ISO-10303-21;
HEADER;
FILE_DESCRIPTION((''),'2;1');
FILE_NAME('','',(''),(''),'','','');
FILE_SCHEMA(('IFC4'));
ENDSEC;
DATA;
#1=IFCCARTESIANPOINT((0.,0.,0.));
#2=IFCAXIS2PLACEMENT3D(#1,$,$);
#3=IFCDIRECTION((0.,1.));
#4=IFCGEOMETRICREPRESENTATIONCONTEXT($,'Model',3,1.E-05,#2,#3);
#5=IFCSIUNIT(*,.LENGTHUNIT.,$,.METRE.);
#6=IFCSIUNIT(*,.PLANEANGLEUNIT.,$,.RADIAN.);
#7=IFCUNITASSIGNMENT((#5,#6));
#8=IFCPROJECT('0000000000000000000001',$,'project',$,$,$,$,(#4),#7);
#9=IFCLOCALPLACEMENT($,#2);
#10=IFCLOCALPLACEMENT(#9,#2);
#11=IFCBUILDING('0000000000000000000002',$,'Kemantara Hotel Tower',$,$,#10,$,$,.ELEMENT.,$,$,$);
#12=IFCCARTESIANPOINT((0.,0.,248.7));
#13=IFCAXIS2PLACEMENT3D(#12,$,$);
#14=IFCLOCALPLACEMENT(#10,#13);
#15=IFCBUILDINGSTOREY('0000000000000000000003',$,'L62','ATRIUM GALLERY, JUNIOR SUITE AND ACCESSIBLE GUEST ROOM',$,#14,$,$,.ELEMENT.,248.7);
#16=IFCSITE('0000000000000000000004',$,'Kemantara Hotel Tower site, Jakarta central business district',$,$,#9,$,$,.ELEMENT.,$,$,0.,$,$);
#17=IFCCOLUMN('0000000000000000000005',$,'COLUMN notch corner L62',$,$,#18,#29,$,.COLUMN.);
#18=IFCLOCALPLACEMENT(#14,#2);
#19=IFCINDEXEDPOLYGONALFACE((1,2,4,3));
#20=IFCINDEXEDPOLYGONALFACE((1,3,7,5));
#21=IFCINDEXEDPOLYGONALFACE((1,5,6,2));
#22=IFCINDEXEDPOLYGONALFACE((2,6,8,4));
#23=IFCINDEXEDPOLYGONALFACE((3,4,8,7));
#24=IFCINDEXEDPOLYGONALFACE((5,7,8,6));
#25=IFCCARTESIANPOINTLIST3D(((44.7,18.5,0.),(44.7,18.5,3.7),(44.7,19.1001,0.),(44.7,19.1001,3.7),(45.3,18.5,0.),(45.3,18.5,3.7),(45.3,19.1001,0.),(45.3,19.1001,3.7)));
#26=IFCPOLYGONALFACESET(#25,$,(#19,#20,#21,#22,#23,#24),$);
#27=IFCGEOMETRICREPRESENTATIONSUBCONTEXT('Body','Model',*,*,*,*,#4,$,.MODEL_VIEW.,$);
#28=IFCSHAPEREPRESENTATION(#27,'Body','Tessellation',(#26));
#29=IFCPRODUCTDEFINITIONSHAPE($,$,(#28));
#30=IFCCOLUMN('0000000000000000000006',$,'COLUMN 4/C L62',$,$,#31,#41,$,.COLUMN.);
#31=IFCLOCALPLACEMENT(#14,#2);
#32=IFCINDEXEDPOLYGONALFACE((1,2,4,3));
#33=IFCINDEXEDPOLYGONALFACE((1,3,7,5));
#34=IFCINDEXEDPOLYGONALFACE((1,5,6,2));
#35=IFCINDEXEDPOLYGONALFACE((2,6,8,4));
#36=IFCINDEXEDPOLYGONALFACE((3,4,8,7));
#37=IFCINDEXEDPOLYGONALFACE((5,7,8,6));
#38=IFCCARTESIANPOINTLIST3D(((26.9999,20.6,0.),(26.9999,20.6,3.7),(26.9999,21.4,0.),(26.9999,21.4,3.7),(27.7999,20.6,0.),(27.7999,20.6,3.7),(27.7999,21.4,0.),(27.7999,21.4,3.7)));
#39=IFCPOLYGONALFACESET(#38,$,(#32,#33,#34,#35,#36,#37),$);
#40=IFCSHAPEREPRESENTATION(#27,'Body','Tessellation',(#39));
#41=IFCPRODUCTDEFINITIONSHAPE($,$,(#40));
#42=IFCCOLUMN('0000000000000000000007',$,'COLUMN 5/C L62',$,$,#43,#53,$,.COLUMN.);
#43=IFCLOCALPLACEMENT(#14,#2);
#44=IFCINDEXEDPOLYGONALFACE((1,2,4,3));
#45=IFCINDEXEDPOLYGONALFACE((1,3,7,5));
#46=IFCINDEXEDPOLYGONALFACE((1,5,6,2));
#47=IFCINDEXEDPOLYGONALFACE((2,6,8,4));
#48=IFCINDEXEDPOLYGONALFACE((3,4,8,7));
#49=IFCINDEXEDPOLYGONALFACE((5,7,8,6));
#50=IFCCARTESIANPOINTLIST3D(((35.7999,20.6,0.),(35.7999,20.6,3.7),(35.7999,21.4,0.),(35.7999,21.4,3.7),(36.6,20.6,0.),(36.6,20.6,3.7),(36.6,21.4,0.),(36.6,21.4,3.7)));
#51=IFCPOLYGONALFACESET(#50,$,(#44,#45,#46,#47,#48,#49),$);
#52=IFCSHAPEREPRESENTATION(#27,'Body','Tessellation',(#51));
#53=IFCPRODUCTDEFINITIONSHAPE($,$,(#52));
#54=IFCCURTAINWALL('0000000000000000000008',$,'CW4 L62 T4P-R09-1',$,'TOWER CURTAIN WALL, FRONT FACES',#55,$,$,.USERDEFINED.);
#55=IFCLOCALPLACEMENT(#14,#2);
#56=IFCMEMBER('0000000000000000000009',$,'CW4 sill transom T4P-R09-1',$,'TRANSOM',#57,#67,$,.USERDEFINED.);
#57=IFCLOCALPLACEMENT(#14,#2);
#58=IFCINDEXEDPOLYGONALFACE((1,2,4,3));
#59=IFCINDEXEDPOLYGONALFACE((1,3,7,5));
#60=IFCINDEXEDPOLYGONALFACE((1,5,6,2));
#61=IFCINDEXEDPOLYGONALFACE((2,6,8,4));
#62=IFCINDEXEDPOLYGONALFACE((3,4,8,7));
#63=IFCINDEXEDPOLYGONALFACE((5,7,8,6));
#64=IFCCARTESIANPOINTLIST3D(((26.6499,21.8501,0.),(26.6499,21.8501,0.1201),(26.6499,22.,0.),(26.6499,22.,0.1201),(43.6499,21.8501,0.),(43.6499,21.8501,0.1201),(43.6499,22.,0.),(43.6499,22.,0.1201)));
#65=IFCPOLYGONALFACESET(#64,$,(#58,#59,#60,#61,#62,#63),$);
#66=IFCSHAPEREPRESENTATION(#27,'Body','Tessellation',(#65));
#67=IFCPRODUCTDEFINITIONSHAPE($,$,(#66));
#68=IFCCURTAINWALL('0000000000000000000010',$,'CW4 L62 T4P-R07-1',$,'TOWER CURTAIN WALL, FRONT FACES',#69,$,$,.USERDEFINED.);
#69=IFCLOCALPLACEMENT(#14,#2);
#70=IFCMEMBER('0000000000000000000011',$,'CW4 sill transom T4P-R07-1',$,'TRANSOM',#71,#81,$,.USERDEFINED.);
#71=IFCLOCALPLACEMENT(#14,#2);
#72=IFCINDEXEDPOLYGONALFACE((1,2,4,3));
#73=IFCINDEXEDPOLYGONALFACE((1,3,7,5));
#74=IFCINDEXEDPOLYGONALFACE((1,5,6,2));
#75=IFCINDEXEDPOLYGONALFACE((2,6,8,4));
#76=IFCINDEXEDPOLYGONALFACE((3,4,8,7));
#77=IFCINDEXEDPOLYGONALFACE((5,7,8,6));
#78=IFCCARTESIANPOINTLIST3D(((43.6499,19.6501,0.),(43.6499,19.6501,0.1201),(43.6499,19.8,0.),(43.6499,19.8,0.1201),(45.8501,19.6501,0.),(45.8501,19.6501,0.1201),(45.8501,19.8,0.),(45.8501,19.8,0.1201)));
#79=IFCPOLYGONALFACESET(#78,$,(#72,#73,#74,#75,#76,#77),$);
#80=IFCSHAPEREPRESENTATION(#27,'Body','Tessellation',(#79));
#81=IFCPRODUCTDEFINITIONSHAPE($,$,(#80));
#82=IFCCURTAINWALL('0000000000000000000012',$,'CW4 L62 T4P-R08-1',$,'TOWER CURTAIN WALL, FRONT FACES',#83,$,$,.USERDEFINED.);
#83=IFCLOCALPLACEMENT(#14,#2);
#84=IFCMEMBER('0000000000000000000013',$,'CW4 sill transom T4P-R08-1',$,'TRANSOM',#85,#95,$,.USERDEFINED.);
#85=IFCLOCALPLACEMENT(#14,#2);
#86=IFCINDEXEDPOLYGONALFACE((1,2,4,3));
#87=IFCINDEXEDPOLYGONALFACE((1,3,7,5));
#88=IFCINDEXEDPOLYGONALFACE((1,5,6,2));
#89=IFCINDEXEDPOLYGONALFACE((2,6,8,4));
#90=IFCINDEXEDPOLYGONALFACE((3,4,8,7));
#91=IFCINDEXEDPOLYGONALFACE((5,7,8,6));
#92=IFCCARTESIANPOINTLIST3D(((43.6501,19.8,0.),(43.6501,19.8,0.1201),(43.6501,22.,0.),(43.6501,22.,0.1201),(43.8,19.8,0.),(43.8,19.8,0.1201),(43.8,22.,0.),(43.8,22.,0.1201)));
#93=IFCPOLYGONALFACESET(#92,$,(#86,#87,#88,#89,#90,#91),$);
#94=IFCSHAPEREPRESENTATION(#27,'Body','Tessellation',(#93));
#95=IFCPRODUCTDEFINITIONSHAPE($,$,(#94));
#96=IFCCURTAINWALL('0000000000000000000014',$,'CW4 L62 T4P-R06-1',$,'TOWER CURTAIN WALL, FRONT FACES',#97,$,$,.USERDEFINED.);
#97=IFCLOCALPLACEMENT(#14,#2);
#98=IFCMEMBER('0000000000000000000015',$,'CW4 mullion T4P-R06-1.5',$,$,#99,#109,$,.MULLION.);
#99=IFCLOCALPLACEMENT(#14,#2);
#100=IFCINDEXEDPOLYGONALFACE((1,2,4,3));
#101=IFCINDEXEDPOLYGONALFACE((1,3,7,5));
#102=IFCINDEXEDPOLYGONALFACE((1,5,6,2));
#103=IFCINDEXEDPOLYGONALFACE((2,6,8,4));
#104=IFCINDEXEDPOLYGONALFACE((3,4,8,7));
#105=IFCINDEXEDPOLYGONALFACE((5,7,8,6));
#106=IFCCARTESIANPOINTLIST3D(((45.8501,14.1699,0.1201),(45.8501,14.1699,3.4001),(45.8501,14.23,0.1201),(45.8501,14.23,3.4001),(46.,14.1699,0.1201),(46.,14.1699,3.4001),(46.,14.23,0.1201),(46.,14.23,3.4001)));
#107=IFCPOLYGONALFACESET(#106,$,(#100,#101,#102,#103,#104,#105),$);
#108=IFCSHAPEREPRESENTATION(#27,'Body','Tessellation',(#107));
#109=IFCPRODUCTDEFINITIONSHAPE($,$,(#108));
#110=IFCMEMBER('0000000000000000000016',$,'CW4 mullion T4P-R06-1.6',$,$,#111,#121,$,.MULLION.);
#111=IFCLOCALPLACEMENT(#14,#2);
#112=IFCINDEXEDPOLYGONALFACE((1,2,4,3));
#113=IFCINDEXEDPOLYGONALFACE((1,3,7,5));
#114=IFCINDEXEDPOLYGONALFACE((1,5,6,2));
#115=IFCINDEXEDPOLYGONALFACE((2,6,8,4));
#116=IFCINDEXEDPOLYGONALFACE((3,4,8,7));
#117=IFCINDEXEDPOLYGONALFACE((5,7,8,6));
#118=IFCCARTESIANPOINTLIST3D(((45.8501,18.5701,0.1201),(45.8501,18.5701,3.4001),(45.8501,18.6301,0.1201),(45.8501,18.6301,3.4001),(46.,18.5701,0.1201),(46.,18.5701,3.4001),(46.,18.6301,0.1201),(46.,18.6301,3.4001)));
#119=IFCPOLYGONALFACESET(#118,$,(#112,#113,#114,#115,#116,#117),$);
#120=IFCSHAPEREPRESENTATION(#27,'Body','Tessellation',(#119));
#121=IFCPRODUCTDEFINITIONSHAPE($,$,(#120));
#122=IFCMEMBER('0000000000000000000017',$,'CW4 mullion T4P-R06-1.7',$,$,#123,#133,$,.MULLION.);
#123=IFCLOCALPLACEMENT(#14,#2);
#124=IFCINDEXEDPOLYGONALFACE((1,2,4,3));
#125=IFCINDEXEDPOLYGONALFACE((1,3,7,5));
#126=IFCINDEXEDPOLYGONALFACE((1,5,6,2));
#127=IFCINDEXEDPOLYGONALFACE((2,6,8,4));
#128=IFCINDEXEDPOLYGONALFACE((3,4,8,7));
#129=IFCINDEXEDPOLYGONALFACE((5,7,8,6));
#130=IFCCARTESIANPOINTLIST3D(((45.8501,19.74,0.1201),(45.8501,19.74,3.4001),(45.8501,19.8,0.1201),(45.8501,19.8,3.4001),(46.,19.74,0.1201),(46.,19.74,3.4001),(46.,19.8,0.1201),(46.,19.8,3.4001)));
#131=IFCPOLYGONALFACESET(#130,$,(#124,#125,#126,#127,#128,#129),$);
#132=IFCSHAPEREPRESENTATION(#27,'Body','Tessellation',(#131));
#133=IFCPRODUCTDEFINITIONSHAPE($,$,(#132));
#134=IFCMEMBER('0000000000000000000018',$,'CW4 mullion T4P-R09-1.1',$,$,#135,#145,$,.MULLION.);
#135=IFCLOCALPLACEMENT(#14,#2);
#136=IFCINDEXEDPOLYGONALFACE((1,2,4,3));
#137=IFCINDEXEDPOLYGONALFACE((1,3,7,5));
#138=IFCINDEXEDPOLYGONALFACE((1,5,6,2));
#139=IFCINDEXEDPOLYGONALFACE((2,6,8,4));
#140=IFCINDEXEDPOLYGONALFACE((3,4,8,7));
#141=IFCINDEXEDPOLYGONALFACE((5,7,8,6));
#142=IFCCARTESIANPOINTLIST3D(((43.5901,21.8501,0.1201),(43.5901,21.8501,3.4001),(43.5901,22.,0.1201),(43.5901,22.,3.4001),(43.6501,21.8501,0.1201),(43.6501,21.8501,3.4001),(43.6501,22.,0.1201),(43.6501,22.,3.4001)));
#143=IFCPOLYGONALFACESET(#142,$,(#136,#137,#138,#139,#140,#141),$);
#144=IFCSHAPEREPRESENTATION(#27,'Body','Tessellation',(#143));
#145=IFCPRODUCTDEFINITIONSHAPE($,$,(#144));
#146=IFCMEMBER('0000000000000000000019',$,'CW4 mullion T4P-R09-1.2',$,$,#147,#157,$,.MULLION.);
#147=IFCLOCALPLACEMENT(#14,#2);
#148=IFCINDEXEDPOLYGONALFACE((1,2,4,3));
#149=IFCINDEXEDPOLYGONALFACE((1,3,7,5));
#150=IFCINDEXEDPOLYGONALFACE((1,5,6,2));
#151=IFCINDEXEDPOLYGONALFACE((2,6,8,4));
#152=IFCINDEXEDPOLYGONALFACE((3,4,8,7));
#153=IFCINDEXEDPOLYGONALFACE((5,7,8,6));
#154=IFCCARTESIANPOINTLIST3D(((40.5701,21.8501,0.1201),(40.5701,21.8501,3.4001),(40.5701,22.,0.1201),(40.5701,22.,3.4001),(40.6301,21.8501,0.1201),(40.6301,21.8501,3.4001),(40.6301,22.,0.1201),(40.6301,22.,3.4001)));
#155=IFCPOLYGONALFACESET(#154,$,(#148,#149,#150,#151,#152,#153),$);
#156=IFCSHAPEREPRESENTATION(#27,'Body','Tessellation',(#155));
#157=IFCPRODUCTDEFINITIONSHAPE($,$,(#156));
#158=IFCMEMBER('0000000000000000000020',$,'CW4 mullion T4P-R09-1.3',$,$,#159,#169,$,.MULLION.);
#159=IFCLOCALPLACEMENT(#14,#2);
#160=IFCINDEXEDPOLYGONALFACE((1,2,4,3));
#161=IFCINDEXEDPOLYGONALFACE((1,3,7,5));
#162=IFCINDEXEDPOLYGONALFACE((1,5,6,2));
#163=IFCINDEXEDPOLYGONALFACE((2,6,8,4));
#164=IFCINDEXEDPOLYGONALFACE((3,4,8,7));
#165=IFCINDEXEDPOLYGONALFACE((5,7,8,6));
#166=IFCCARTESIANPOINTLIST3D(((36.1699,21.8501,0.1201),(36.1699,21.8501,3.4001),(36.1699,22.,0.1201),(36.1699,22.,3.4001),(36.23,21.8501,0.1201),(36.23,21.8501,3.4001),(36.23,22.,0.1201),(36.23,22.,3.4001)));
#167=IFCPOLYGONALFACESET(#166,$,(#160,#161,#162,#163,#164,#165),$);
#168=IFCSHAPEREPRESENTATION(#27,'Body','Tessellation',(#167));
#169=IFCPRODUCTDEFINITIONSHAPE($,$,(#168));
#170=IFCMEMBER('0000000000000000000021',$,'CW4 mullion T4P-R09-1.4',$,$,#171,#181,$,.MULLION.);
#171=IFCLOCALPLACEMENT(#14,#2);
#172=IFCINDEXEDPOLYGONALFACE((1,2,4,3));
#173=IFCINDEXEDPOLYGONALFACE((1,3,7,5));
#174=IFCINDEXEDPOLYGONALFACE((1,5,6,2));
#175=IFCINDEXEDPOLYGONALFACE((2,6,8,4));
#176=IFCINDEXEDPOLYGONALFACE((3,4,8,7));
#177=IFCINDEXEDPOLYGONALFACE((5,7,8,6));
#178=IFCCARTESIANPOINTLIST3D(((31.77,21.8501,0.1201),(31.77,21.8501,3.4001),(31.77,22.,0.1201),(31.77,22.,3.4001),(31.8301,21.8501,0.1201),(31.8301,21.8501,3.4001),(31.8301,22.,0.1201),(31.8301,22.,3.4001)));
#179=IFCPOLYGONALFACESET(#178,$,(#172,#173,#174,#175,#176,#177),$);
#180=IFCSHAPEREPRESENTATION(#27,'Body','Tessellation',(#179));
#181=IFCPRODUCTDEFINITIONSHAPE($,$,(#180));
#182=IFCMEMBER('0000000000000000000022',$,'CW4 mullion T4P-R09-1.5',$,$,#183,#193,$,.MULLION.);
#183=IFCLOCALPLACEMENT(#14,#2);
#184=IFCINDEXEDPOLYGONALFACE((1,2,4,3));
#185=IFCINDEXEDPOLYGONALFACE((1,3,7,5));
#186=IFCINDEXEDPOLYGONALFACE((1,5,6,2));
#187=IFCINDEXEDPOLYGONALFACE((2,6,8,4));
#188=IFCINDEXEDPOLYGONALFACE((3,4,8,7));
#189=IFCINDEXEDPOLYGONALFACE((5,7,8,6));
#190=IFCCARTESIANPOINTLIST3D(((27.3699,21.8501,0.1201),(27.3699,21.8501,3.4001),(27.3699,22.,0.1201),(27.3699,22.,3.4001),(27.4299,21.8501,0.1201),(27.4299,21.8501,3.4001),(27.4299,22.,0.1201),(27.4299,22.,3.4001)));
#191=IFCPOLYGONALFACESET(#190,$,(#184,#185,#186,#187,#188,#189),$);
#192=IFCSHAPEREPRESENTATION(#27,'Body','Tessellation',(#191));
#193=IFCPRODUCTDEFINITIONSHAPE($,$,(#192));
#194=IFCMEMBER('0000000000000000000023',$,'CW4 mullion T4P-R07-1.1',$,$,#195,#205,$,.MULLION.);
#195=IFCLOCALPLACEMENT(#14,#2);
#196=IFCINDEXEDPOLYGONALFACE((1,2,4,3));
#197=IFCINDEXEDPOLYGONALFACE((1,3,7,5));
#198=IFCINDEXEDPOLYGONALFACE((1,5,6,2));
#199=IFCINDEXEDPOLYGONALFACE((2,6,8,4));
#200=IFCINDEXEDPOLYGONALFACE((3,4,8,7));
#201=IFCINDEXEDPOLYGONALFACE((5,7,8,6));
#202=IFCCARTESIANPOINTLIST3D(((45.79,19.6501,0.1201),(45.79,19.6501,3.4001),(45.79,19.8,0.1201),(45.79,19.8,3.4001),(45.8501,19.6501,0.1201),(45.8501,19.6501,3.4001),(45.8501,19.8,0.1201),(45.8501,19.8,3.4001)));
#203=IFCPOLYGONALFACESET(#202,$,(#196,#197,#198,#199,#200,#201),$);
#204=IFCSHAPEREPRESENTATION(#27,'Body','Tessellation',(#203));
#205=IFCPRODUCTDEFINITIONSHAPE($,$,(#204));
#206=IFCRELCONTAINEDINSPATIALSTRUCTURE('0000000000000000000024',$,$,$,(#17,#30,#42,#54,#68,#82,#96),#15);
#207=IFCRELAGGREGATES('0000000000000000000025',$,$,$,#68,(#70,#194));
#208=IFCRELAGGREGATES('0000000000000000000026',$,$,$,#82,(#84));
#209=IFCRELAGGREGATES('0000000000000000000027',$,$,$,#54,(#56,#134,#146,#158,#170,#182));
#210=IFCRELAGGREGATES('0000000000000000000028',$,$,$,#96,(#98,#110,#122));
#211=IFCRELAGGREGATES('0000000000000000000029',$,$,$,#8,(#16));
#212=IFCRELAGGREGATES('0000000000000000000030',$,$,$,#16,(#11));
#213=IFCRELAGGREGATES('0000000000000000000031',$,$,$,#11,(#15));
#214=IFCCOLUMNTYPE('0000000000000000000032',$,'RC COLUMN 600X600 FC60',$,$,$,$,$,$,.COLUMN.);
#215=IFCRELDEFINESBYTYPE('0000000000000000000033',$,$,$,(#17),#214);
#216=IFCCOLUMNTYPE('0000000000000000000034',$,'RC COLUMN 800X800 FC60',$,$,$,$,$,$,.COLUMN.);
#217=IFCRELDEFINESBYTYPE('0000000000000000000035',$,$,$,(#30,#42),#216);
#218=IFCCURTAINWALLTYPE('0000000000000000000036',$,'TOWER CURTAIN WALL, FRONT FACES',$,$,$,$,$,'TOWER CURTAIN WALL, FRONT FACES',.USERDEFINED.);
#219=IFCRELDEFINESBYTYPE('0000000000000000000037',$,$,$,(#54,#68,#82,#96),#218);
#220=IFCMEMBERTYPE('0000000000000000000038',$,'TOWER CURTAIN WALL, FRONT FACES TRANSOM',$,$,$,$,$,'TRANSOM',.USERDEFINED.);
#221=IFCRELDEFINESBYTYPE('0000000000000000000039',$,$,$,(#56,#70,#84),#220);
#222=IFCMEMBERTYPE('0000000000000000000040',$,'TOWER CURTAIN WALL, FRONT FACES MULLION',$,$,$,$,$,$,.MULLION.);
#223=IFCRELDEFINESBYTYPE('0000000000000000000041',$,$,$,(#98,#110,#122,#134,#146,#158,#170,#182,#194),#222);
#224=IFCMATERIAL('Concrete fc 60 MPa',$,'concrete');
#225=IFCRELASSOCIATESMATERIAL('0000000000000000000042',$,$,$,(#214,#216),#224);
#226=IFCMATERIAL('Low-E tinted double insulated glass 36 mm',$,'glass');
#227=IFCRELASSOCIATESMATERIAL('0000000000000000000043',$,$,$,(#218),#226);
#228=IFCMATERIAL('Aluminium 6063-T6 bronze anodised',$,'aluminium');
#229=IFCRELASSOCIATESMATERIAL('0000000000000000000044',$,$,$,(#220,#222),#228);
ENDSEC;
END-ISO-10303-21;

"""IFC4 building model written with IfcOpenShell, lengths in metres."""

from ifc_helpers import new_model, si_unit, direction, frame, origin, origin_2d, place, context, subcontext, project, spatial, rectangle, extrude, source, transform, mapped, material, material_profile, profile_set, type_object, element, aggregate, save


model = new_model("IFC4")

# Units and contexts
model_context = context("Model", 3, precision=1e-05, world=origin(), true_north=direction((0.0, 1.0)))
body_context = subcontext(model_context, "Body", "Model", "MODEL_VIEW")
ifc_project = project(units=[si_unit("LENGTHUNIT", "METRE"), si_unit("PLANEANGLEUNIT", "RADIAN")], contexts=[model_context])

# Site, building, storey
site_placement = place(None, origin())
site = spatial("IfcSite", under=ifc_project, at=site_placement, Name="Kemantara Hotel Tower site, Jakarta central business district", CompositionType="ELEMENT", RefElevation=0.0)
building_placement = place(site_placement, origin())
building = spatial("IfcBuilding", under=site, at=building_placement, Name="Kemantara Hotel Tower", CompositionType="ELEMENT")
storey_placement = place(building_placement, frame((0.0, 0.0, 248.7)))
storey = spatial("IfcBuildingStorey", under=building, at=storey_placement, Name="L62", Description="ATRIUM GALLERY, JUNIOR SUITE AND ACCESSIBLE GUEST ROOM", CompositionType="ELEMENT", Elevation=248.7)

# Columns
ifc_material_1 = material(Name="Concrete fc 60 MPa", Category="concrete")
ifc_material_profile_1 = material_profile(ifc_material_1, rectangle(XDim=0.6001, YDim=0.6001, at=origin_2d()), Name="RC 600X600")
ifc_profile_set_1 = profile_set([ifc_material_profile_1], Name="Concrete fc 60 MPa")
column_type_1 = type_object("IfcColumnType", Name="RC COLUMN 600X600 FC60", PredefinedType="COLUMN", material=ifc_profile_set_1)
column_placement = place(storey_placement, frame((45.0, 18.8, 0.0), z_axis=(0.0, 0.0, 1.0), x_axis=(1.0, 0.0, 0.0)))
element("IfcColumn", 1, at=column_placement, inside=storey, type_object=column_type_1, Name="COLUMN notch corner L62", PredefinedType="COLUMN", context=body_context, shape_type="SweptSolid", body=[
    extrude(rectangle(XDim=0.6001, YDim=0.6001, at=origin_2d()), origin(), (0.0, 0.0, 1.0), 3.7),
])
ifc_material_profile_2 = material_profile(ifc_material_1, rectangle(XDim=0.8, YDim=0.8, at=origin_2d()), Name="RC 800X800")
ifc_profile_set_2 = profile_set([ifc_material_profile_2], Name="Concrete fc 60 MPa")
column_type_2 = type_object("IfcColumnType", Name="RC COLUMN 800X800 FC60", PredefinedType="COLUMN", material=ifc_profile_set_2)
for number, where, z_axis, x_axis, name in (
    (2, (27.3999, 21.0, 0.0), (0.0, 0.0, 1.0), (1.0, 0.0, 0.0), "COLUMN 4/C L62"),
    (3, (36.2, 21.0, 0.0), (0.0, 0.0, 1.0), (1.0, 0.0, 0.0), "COLUMN 5/C L62"),
):
    element("IfcColumn", number, at=place(storey_placement, frame(where, z_axis=z_axis, x_axis=x_axis)), inside=storey, type_object=column_type_2, Name=name, PredefinedType="COLUMN", context=body_context, shape_type="SweptSolid", body=[
        extrude(rectangle(XDim=0.8, YDim=0.8, at=origin_2d()), origin(), (0.0, 0.0, 1.0), 3.7),
    ])

# Curtain walls, members
ifc_material_2 = material(Name="Low-E tinted double insulated glass 36 mm", Category="glass")
curtain_wall_type = type_object("IfcCurtainWallType", Name="TOWER CURTAIN WALL, FRONT FACES", ElementType="TOWER CURTAIN WALL, FRONT FACES", PredefinedType="USERDEFINED", material=ifc_material_2)
curtain_wall_1_placement = place(storey_placement, origin())
curtain_wall_1 = element("IfcCurtainWall", 4, at=curtain_wall_1_placement, inside=storey, type_object=curtain_wall_type, Name="CW4 L62 T4P-R09-1", ObjectType="TOWER CURTAIN WALL, FRONT FACES", PredefinedType="USERDEFINED")
ifc_material_3 = material(Name="Aluminium 6063-T6 bronze anodised", Category="aluminium")
ifc_material_profile_3 = material_profile(ifc_material_3, rectangle(XDim=0.1499, YDim=0.1201, at=origin_2d()), Name="TOWER CURTAIN WALL, FRONT FACES TRANSOM")
ifc_profile_set_3 = profile_set([ifc_material_profile_3], Name="Aluminium 6063-T6 bronze anodised")
member_type_1 = type_object("IfcMemberType", Name="TOWER CURTAIN WALL, FRONT FACES TRANSOM", ElementType="TRANSOM", PredefinedType="USERDEFINED", material=ifc_profile_set_3)
member_1_placement = place(storey_placement, frame((43.6499, 21.925, 0.0601), z_axis=(-1.0, 0.0, 0.0), x_axis=(0.0, -1.0, 0.0)))
member_1 = element("IfcMember", 5, at=member_1_placement, type_object=member_type_1, Name="CW4 sill transom T4P-R09-1", ObjectType="TRANSOM", PredefinedType="USERDEFINED", context=body_context, shape_type="SweptSolid", body=[
    extrude(rectangle(XDim=0.1499, YDim=0.1201, at=origin_2d()), origin(), (0.0, 0.0, 1.0), 17.0),
])
curtain_wall_2_placement = place(storey_placement, origin())
curtain_wall_2 = element("IfcCurtainWall", 6, at=curtain_wall_2_placement, inside=storey, type_object=curtain_wall_type, Name="CW4 L62 T4P-R07-1", ObjectType="TOWER CURTAIN WALL, FRONT FACES", PredefinedType="USERDEFINED")
member_2_placement = place(storey_placement, frame((45.8501, 19.7251, 0.0601), z_axis=(-1.0, 0.0, 0.0), x_axis=(0.0, -1.0, 0.0)))
member_2 = element("IfcMember", 7, at=member_2_placement, type_object=member_type_1, Name="CW4 sill transom T4P-R07-1", ObjectType="TRANSOM", PredefinedType="USERDEFINED", context=body_context, shape_type="SweptSolid", body=[
    extrude(rectangle(XDim=0.1499, YDim=0.1201, at=origin_2d()), origin(), (0.0, 0.0, 1.0), 2.2002),
])
curtain_wall_3_placement = place(storey_placement, origin())
curtain_wall_3 = element("IfcCurtainWall", 8, at=curtain_wall_3_placement, inside=storey, type_object=curtain_wall_type, Name="CW4 L62 T4P-R08-1", ObjectType="TOWER CURTAIN WALL, FRONT FACES", PredefinedType="USERDEFINED")
member_3_placement = place(storey_placement, frame((43.7251, 19.8, 0.0601), z_axis=(0.0, 1.0, 0.0), x_axis=(-1.0, 0.0, 0.0)))
member_3 = element("IfcMember", 9, at=member_3_placement, type_object=member_type_1, Name="CW4 sill transom T4P-R08-1", ObjectType="TRANSOM", PredefinedType="USERDEFINED", context=body_context, shape_type="SweptSolid", body=[
    extrude(rectangle(XDim=0.1499, YDim=0.1201, at=origin_2d()), origin(), (0.0, 0.0, 1.0), 2.2),
])

# Curtain wall, members
curtain_wall_4_placement = place(storey_placement, origin())
curtain_wall_4 = element("IfcCurtainWall", 10, at=curtain_wall_4_placement, inside=storey, type_object=curtain_wall_type, Name="CW4 L62 T4P-R06-1", ObjectType="TOWER CURTAIN WALL, FRONT FACES", PredefinedType="USERDEFINED")
ifc_material_profile_4 = material_profile(ifc_material_3, rectangle(XDim=0.1499, YDim=0.0601, at=origin_2d()), Name="TOWER CURTAIN WALL, FRONT FACES MULLION")
ifc_profile_set_4 = profile_set([ifc_material_profile_4], Name="Aluminium 6063-T6 bronze anodised")
member_type_2 = type_object("IfcMemberType", Name="TOWER CURTAIN WALL, FRONT FACES MULLION", PredefinedType="MULLION", material=ifc_profile_set_4)
shared_shape_1 = source(origin(), body_context, "Body", "SweptSolid", [
    extrude(rectangle(XDim=0.1499, YDim=0.0601, at=origin_2d()), origin(), (0.0, 0.0, 1.0), 3.28),
])
member_4_placement = place(storey_placement, frame((45.925, 14.2, 0.1201), z_axis=(0.0, 0.0, 1.0), x_axis=(-1.0, 0.0, 0.0)))
member_4 = element("IfcMember", 11, at=member_4_placement, type_object=member_type_2, Name="CW4 mullion T4P-R06-1.5", PredefinedType="MULLION", context=body_context, shape_type="MappedRepresentation", body=[
    mapped(shared_shape_1, transform((0.0, 0.0, 0.0))),
])
member_5_placement = place(storey_placement, frame((45.925, 18.6001, 0.1201), z_axis=(0.0, 0.0, 1.0), x_axis=(-1.0, 0.0, 0.0)))
member_5 = element("IfcMember", 12, at=member_5_placement, type_object=member_type_2, Name="CW4 mullion T4P-R06-1.6", PredefinedType="MULLION", context=body_context, shape_type="MappedRepresentation", body=[
    mapped(shared_shape_1, transform((0.0, 0.0, 0.0))),
])
member_6_placement = place(storey_placement, frame((45.925, 19.77, 0.1201), z_axis=(0.0, 0.0, 1.0), x_axis=(-1.0, 0.0, 0.0)))
member_6 = element("IfcMember", 13, at=member_6_placement, type_object=member_type_2, Name="CW4 mullion T4P-R06-1.7", PredefinedType="MULLION", context=body_context, shape_type="MappedRepresentation", body=[
    mapped(shared_shape_1, transform((0.0, 0.0, 0.0))),
])

# Members
member_7_placement = place(storey_placement, frame((43.6201, 21.925, 0.1201), z_axis=(0.0, 0.0, 1.0), x_axis=(0.0, -1.0, 0.0)))
member_7 = element("IfcMember", 14, at=member_7_placement, type_object=member_type_2, Name="CW4 mullion T4P-R09-1.1", PredefinedType="MULLION", context=body_context, shape_type="MappedRepresentation", body=[
    mapped(shared_shape_1, transform((0.0, 0.0, 0.0))),
])
member_8_placement = place(storey_placement, frame((40.6001, 21.925, 0.1201), z_axis=(0.0, 0.0, 1.0), x_axis=(0.0, -1.0, 0.0)))
member_8 = element("IfcMember", 15, at=member_8_placement, type_object=member_type_2, Name="CW4 mullion T4P-R09-1.2", PredefinedType="MULLION", context=body_context, shape_type="MappedRepresentation", body=[
    mapped(shared_shape_1, transform((0.0, 0.0, 0.0))),
])
member_9_placement = place(storey_placement, frame((36.2, 21.925, 0.1201), z_axis=(0.0, 0.0, 1.0), x_axis=(0.0, -1.0, 0.0)))
member_9 = element("IfcMember", 16, at=member_9_placement, type_object=member_type_2, Name="CW4 mullion T4P-R09-1.3", PredefinedType="MULLION", context=body_context, shape_type="MappedRepresentation", body=[
    mapped(shared_shape_1, transform((0.0, 0.0, 0.0))),
])
member_10_placement = place(storey_placement, frame((31.8, 21.925, 0.1201), z_axis=(0.0, 0.0, 1.0), x_axis=(0.0, -1.0, 0.0)))
member_10 = element("IfcMember", 17, at=member_10_placement, type_object=member_type_2, Name="CW4 mullion T4P-R09-1.4", PredefinedType="MULLION", context=body_context, shape_type="MappedRepresentation", body=[
    mapped(shared_shape_1, transform((0.0, 0.0, 0.0))),
])
member_11_placement = place(storey_placement, frame((27.3999, 21.925, 0.1201), z_axis=(0.0, 0.0, 1.0), x_axis=(0.0, -1.0, 0.0)))
member_11 = element("IfcMember", 18, at=member_11_placement, type_object=member_type_2, Name="CW4 mullion T4P-R09-1.5", PredefinedType="MULLION", context=body_context, shape_type="MappedRepresentation", body=[
    mapped(shared_shape_1, transform((0.0, 0.0, 0.0))),
])
member_12_placement = place(storey_placement, frame((45.8201, 19.7251, 0.1201), z_axis=(0.0, 0.0, 1.0), x_axis=(0.0, -1.0, 0.0)))
member_12 = element("IfcMember", 19, at=member_12_placement, type_object=member_type_2, Name="CW4 mullion T4P-R07-1.1", PredefinedType="MULLION", context=body_context, shape_type="MappedRepresentation", body=[
    mapped(shared_shape_1, transform((0.0, 0.0, 0.0))),
])

aggregate(curtain_wall_2, [member_2, member_12])
aggregate(curtain_wall_3, [member_3])
aggregate(curtain_wall_1, [member_1, member_7, member_8, member_9, member_10, member_11])
aggregate(curtain_wall_4, [member_4, member_5, member_6])

save(model, "model.ifc")
